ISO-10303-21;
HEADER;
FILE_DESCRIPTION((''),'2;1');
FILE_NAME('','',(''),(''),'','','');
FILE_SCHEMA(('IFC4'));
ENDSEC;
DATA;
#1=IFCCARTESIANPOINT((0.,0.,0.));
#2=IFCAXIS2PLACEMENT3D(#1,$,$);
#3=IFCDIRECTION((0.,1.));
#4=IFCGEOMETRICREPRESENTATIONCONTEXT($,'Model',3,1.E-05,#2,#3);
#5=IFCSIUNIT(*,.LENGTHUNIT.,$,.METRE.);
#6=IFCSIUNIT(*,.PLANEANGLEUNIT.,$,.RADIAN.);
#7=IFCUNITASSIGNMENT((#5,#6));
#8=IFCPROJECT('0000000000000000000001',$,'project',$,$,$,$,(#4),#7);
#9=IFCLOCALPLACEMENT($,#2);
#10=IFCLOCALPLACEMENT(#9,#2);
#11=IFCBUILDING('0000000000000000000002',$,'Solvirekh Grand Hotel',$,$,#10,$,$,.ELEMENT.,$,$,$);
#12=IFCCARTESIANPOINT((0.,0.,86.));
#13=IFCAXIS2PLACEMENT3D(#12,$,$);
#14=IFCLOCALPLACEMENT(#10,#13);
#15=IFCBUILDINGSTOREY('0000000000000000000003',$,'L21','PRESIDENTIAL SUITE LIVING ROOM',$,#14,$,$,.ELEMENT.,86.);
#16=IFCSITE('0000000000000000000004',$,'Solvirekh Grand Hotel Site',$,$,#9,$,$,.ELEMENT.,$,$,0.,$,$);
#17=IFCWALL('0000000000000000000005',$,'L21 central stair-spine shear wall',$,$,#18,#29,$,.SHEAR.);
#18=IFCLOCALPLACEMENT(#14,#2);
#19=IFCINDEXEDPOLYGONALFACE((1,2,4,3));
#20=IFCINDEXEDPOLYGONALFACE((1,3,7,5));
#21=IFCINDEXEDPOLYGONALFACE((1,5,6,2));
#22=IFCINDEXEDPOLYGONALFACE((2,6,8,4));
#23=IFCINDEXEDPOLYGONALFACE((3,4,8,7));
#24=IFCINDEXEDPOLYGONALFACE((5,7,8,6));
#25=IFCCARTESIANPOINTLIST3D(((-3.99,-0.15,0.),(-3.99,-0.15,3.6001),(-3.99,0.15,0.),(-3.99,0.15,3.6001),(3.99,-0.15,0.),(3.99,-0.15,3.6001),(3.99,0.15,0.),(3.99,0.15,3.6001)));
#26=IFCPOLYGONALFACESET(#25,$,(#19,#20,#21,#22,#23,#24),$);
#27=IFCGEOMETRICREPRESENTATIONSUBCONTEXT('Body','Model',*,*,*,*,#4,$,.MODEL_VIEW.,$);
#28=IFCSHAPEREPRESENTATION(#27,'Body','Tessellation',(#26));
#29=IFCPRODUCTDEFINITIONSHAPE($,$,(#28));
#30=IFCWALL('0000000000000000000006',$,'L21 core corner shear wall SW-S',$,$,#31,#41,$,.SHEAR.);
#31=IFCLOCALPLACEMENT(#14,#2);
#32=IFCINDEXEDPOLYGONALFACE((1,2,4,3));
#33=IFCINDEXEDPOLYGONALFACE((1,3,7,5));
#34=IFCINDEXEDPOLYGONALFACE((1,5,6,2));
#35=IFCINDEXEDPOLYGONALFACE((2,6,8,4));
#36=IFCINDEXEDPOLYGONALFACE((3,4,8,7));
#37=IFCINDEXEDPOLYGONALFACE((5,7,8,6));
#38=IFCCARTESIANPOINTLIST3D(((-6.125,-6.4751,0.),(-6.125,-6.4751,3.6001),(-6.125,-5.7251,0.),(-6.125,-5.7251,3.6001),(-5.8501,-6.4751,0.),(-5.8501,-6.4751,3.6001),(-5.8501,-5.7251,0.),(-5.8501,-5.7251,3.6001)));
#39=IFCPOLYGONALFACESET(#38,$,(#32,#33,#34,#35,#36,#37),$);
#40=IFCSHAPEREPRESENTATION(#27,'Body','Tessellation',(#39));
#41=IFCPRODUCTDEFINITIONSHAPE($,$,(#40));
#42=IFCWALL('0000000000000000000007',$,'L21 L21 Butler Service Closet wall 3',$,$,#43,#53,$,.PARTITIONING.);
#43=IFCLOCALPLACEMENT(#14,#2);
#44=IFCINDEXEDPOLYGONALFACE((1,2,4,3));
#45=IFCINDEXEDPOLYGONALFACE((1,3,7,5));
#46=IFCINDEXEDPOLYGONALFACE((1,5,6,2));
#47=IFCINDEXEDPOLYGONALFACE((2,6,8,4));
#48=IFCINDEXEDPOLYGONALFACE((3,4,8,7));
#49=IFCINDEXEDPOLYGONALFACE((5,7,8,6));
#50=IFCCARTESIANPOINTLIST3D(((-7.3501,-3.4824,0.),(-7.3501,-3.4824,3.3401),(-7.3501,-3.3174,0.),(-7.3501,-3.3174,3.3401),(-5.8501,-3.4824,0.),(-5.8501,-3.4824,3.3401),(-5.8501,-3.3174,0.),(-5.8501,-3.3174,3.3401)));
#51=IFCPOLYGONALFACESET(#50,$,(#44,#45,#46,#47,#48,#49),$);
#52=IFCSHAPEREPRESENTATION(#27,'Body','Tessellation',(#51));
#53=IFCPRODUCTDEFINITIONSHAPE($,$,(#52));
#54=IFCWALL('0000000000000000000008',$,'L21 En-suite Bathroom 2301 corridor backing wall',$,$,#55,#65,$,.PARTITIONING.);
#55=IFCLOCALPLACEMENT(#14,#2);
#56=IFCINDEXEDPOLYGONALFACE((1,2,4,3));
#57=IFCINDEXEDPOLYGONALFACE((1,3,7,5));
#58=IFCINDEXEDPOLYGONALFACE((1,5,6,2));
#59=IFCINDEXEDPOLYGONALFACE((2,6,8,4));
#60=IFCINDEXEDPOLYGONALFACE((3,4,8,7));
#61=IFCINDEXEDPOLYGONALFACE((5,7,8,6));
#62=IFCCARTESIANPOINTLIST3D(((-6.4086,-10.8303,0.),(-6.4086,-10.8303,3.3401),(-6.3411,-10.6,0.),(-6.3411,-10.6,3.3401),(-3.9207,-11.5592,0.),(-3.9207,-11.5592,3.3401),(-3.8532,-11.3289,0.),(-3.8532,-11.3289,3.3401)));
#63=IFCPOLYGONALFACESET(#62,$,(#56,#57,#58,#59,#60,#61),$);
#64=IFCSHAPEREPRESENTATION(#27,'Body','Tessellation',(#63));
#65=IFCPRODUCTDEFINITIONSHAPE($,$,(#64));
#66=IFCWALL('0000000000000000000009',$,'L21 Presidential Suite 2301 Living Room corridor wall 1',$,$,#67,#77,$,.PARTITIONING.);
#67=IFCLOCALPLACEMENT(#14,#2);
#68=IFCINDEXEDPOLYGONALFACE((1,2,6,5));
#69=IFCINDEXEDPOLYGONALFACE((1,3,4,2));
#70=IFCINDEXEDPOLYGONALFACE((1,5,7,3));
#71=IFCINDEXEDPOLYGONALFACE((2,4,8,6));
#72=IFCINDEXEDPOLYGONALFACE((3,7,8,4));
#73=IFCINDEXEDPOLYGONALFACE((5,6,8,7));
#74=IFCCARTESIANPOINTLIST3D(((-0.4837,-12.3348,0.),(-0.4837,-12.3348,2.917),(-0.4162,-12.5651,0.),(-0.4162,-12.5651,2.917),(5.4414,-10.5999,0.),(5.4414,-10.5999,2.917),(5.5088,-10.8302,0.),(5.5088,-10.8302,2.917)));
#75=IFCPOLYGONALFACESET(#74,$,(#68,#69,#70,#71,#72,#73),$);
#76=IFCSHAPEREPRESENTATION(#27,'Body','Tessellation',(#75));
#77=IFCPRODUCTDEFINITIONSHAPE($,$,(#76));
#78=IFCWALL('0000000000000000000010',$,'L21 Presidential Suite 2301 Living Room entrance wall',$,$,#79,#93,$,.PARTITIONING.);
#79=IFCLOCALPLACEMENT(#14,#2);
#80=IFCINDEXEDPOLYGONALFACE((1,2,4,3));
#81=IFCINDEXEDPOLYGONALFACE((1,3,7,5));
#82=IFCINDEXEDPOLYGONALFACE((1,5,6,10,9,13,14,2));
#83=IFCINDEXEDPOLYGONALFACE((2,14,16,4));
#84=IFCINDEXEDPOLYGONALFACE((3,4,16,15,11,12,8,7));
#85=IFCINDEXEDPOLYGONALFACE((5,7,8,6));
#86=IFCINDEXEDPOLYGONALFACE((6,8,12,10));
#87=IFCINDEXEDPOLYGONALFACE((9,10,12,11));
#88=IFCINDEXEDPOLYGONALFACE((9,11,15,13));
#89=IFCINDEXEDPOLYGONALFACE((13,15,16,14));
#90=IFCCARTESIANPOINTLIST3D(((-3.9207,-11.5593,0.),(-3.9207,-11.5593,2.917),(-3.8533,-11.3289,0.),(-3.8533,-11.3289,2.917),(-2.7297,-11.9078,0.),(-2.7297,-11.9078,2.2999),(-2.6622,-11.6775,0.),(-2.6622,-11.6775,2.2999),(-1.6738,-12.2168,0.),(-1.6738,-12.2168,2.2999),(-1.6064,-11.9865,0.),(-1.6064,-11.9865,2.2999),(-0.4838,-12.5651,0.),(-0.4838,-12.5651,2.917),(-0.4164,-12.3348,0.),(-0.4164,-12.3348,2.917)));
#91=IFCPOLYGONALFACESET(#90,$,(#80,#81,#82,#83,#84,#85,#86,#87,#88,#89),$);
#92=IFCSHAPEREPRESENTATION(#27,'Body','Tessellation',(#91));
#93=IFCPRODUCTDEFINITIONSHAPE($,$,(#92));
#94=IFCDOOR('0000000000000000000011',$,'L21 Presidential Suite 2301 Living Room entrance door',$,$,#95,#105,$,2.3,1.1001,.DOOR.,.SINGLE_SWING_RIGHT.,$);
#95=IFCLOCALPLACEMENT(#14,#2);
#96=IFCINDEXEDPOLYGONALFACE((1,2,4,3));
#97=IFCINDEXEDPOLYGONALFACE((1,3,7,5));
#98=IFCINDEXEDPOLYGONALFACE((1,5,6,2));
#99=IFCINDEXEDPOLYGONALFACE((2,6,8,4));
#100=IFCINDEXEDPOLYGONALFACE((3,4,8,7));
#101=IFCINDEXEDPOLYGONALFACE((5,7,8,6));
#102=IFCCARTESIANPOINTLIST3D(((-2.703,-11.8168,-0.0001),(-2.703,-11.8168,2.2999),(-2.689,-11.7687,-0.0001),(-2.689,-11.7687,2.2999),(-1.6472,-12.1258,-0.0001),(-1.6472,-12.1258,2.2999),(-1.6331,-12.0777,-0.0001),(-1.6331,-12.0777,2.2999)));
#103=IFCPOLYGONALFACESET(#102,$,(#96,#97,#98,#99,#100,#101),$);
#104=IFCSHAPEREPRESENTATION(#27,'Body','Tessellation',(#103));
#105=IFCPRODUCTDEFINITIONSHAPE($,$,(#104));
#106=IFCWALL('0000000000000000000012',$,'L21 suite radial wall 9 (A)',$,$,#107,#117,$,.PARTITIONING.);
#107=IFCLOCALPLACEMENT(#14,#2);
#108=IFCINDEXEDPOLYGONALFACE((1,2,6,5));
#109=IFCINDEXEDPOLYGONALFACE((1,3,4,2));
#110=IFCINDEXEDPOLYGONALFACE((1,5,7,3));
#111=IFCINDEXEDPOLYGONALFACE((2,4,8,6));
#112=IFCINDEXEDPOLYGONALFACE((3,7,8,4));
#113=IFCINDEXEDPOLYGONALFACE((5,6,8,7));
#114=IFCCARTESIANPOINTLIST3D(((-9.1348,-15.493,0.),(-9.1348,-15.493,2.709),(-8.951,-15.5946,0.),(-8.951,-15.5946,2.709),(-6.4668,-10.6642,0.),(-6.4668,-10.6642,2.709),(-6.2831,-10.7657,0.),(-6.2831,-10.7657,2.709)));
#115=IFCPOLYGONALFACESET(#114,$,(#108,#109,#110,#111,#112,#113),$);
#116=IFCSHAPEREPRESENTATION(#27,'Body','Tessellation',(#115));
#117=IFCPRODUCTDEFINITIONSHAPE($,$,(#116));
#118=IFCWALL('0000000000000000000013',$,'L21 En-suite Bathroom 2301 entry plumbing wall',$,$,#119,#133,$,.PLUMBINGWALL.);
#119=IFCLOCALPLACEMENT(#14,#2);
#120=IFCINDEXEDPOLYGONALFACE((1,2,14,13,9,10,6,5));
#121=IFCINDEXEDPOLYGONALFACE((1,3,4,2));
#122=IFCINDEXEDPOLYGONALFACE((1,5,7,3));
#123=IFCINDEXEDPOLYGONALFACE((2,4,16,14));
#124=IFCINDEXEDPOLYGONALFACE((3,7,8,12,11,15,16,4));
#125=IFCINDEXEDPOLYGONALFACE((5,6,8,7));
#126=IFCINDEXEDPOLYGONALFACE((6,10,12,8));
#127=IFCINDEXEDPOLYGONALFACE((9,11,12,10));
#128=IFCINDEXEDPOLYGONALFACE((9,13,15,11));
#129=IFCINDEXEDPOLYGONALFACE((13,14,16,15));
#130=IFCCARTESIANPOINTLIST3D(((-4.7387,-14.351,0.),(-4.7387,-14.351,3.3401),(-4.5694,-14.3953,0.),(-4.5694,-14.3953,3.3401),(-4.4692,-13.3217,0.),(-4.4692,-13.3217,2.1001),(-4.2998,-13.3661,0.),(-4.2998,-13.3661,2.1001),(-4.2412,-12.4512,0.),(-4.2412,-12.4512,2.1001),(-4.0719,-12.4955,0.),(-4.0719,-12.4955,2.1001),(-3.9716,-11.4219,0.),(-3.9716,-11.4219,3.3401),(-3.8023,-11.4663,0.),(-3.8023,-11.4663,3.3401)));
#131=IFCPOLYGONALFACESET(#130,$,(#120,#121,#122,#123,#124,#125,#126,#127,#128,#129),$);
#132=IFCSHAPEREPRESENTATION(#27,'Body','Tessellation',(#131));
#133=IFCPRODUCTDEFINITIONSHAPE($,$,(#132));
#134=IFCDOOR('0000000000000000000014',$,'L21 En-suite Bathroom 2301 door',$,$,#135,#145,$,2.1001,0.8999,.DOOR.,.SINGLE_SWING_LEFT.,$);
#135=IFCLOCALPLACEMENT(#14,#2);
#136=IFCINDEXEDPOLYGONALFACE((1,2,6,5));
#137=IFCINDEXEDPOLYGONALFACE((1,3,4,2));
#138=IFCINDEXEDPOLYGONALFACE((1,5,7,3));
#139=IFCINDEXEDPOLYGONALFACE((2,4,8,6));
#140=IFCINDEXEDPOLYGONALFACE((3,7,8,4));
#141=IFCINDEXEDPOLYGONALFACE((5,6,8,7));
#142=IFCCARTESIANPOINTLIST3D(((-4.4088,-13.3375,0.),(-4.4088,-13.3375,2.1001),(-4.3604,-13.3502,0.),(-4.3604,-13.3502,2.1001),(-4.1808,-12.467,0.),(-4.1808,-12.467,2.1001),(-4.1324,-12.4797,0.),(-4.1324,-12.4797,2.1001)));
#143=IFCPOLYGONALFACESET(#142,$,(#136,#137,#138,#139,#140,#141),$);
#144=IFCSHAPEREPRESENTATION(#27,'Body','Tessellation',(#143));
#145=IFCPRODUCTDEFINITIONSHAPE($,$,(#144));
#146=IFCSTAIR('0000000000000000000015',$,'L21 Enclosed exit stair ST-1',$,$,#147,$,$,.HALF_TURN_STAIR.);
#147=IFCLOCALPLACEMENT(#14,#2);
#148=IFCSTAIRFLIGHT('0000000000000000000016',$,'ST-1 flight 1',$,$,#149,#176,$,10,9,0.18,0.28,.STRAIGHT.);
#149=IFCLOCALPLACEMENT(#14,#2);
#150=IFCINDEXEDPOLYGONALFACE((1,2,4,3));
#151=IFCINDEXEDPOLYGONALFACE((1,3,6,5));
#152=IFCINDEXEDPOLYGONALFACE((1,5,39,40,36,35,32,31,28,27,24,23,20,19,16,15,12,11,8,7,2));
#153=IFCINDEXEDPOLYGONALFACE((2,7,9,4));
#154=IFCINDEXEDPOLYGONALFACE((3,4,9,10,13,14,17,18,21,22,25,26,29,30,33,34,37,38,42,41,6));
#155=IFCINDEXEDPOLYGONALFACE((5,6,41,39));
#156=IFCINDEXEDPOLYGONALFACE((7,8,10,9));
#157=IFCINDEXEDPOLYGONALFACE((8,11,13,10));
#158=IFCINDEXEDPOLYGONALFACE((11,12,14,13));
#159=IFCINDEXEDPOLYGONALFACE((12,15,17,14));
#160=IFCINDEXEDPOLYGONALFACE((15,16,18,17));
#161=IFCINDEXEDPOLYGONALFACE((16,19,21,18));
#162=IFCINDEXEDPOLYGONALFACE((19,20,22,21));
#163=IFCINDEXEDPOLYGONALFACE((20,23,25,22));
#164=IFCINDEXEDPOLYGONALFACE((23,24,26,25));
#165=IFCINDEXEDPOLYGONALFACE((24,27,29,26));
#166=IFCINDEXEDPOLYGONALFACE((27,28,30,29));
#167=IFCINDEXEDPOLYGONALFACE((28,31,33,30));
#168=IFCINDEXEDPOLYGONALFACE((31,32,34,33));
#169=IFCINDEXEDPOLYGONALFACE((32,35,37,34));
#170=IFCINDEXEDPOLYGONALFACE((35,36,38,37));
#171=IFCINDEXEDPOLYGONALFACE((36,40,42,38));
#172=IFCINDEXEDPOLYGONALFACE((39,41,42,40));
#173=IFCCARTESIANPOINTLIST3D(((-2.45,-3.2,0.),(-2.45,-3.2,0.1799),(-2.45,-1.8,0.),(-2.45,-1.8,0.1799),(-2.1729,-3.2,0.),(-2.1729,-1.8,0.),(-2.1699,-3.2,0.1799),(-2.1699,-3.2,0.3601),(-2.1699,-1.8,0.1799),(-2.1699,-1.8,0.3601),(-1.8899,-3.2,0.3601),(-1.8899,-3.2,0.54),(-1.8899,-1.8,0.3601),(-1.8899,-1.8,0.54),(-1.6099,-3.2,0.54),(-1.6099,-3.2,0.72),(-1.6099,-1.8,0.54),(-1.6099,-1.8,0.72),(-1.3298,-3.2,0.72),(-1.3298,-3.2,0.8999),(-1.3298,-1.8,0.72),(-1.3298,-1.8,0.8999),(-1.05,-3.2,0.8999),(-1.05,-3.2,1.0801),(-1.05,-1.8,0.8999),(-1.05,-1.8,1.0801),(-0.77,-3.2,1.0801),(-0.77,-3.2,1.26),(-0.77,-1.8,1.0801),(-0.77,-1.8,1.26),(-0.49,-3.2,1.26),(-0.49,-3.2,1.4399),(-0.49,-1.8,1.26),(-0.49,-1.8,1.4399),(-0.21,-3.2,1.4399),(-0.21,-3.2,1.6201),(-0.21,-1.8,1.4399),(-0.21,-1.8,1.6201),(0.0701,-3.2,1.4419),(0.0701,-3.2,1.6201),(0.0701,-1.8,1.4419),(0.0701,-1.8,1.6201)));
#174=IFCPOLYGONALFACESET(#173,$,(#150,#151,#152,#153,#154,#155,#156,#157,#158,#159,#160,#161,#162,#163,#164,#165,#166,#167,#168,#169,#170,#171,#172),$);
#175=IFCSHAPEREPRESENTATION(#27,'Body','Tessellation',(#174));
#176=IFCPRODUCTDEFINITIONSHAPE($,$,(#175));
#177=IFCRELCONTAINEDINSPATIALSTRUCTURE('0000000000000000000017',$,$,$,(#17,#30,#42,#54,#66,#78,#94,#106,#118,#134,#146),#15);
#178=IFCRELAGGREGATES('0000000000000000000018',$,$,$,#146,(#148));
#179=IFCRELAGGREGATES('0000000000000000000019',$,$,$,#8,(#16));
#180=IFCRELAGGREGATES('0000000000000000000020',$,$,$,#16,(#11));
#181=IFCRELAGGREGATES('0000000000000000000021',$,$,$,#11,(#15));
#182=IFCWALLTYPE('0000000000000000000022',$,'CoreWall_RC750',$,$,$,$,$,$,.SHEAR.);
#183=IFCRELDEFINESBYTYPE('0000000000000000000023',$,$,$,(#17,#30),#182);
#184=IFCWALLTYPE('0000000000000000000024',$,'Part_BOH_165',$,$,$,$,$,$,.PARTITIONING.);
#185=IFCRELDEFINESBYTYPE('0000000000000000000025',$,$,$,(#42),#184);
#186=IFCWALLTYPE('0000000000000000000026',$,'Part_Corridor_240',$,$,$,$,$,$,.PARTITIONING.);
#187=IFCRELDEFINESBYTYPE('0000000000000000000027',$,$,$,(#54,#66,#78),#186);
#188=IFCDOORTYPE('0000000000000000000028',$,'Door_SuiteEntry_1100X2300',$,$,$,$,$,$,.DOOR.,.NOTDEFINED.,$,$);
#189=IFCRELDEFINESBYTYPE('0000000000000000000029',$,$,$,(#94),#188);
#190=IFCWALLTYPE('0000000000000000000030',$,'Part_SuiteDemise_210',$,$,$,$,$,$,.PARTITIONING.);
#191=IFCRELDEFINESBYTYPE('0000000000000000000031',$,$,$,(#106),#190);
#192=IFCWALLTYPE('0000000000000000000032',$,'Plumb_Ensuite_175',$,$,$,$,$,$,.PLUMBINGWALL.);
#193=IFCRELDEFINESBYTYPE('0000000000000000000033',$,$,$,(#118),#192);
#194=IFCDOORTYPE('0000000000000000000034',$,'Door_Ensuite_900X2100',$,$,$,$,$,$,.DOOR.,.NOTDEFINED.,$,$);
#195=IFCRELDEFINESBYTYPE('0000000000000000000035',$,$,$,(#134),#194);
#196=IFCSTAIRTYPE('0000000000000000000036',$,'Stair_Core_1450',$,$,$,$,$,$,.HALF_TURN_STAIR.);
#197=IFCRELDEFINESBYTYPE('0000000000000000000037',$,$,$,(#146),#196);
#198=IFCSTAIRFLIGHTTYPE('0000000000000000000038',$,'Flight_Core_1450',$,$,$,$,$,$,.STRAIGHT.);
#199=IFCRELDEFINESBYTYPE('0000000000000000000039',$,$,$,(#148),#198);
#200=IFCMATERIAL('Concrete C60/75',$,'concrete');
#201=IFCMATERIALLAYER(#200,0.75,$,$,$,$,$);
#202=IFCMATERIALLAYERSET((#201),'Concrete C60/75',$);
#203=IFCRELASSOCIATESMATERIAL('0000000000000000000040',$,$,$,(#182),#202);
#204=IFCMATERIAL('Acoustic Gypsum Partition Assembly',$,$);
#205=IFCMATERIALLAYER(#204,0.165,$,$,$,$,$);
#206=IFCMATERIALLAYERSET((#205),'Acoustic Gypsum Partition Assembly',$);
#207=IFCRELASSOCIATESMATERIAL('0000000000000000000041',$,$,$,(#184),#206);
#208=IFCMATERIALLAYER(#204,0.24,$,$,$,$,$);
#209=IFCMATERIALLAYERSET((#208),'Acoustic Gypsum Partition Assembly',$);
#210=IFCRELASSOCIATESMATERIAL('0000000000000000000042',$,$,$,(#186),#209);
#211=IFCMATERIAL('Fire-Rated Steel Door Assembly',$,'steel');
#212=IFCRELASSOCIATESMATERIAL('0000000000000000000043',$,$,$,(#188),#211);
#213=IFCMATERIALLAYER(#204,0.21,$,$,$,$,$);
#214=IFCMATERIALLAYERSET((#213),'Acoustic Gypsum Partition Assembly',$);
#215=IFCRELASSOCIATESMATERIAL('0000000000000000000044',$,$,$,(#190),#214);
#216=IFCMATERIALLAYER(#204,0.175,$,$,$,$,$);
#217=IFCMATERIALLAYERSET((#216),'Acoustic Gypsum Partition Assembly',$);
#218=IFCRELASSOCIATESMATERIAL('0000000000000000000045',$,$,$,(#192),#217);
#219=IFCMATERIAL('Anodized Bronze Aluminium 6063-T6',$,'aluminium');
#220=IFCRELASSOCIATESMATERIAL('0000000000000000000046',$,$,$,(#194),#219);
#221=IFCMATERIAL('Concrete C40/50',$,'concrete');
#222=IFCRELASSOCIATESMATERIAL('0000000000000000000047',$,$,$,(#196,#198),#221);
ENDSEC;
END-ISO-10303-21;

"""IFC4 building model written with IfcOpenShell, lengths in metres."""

from ifc_helpers import new_model, si_unit, direction, frame, frame_2d, origin, place, context, subcontext, project, spatial, polyline, rectangle, outline, extrude, material, layer, layer_set, type_object, element, fill, aggregate, save


model = new_model("IFC4")

# Units and contexts
model_context = context("Model", 3, precision=1e-05, world=origin(), true_north=direction((0.0, 1.0)))
body_context = subcontext(model_context, "Body", "Model", "MODEL_VIEW")
ifc_project = project(units=[si_unit("LENGTHUNIT", "METRE"), si_unit("PLANEANGLEUNIT", "RADIAN")], contexts=[model_context])

# Site, building, storey
site_placement = place(None, origin())
site = spatial("IfcSite", under=ifc_project, at=site_placement, Name="Solvirekh Grand Hotel Site", CompositionType="ELEMENT", RefElevation=0.0)
building_placement = place(site_placement, origin())
building = spatial("IfcBuilding", under=site, at=building_placement, Name="Solvirekh Grand Hotel", CompositionType="ELEMENT")
storey_placement = place(building_placement, frame((0.0, 0.0, 86.0)))
storey = spatial("IfcBuildingStorey", under=building, at=storey_placement, Name="L21", Description="PRESIDENTIAL SUITE LIVING ROOM", CompositionType="ELEMENT", Elevation=86.0)

# Shared definitions
ifc_material_1 = material(Name="Concrete C60/75", Category="concrete")

# Shared definitions
ifc_material_2 = material(Name="Concrete C40/50", Category="concrete")
ifc_material_3 = material(Name="Fire-Rated Steel Door Assembly", Category="steel")

# Walls
ifc_layer_1 = layer(ifc_material_1, 0.75)
ifc_layer_set_1 = layer_set([ifc_layer_1], Name="Concrete C60/75")
wall_type_1 = type_object("IfcWallType", Name="CoreWall_RC750", PredefinedType="SHEAR", material=ifc_layer_set_1)
wall_1_placement = place(storey_placement, frame((-3.99, 0.0, 0.0), z_axis=(0.0, 0.0, 1.0), x_axis=(1.0, 0.0, 0.0)))
element("IfcWall", 1, at=wall_1_placement, inside=storey, type_object=wall_type_1, Name="L21 central stair-spine shear wall", PredefinedType="SHEAR", context=body_context, shape_type="SweptSolid", body=[
    extrude(rectangle(XDim=7.98, YDim=0.3, at=frame_2d((3.99, 0.0))), origin(), (0.0, 0.0, 1.0), 3.6001),
])
wall_2_placement = place(storey_placement, frame((-6.125, -6.1001, 0.0), z_axis=(0.0, 0.0, 1.0), x_axis=(1.0, 0.0, 0.0)))
element("IfcWall", 2, at=wall_2_placement, inside=storey, type_object=wall_type_1, Name="L21 core corner shear wall SW-S", PredefinedType="SHEAR", context=body_context, shape_type="SweptSolid", body=[
    extrude(rectangle(XDim=0.2749, YDim=0.75, at=frame_2d((0.1375, 0.0))), origin(), (0.0, 0.0, 1.0), 3.6001),
])
ifc_material_4 = material(Name="Acoustic Gypsum Partition Assembly")
ifc_layer_2 = layer(ifc_material_4, 0.165)
ifc_layer_set_2 = layer_set([ifc_layer_2], Name="Acoustic Gypsum Partition Assembly")
wall_type_2 = type_object("IfcWallType", Name="Part_BOH_165", PredefinedType="PARTITIONING", material=ifc_layer_set_2)
wall_3_placement = place(storey_placement, frame((-5.8501, -3.3999, 0.0), z_axis=(0.0, 0.0, 1.0), x_axis=(-1.0, 0.0, 0.0)))
element("IfcWall", 3, at=wall_3_placement, inside=storey, type_object=wall_type_2, Name="L21 L21 Butler Service Closet wall 3", PredefinedType="PARTITIONING", context=body_context, shape_type="SweptSolid", body=[
    extrude(rectangle(XDim=1.5, YDim=0.165, at=frame_2d((0.75, 0.0))), origin(), (0.0, 0.0, 1.0), 3.3401),
])
ifc_layer_3 = layer(ifc_material_4, 0.24)
ifc_layer_set_3 = layer_set([ifc_layer_3], Name="Acoustic Gypsum Partition Assembly")
wall_type_3 = type_object("IfcWallType", Name="Part_Corridor_240", PredefinedType="PARTITIONING", material=ifc_layer_set_3)
wall_4_placement = place(storey_placement, frame((-6.375, -10.7151, 0.0), z_axis=(0.0, 0.0, 1.0), x_axis=(0.959654, -0.281182, 0.0)))
element("IfcWall", 4, at=wall_4_placement, inside=storey, type_object=wall_type_3, Name="L21 En-suite Bathroom 2301 corridor backing wall", PredefinedType="PARTITIONING", context=body_context, shape_type="SweptSolid", body=[
    extrude(rectangle(XDim=2.5925, YDim=0.24, at=frame_2d((1.2964, 0.0))), origin(), (0.0, 0.0, 1.0), 3.3401),
])
wall_5_placement = place(storey_placement, frame((-0.45, -12.45, 0.0), z_axis=(0.0, 0.0, 1.0), x_axis=(0.959707, 0.281004, 0.0)))
element("IfcWall", 5, at=wall_5_placement, inside=storey, type_object=wall_type_3, Name="L21 Presidential Suite 2301 Living Room corridor wall 1", PredefinedType="PARTITIONING", context=body_context, shape_type="SweptSolid", body=[
    extrude(rectangle(XDim=6.1738, YDim=0.24, at=frame_2d((3.0869, 0.0))), origin(), (0.0, 0.0, 1.0), 2.917),
])

# Wall, opening, door
wall_6_placement = place(storey_placement, frame((-3.887, -11.4441, 0.0), z_axis=(0.0, 0.0, 1.0), x_axis=(0.959745, -0.280874, 0.0)))
wall_6 = element("IfcWall", 6, at=wall_6_placement, inside=storey, type_object=wall_type_3, Name="L21 Presidential Suite 2301 Living Room entrance wall", PredefinedType="PARTITIONING", context=body_context, shape_type="SweptSolid", body=[
    extrude(rectangle(XDim=3.5811, YDim=0.24, at=frame_2d((1.7905, 0.0))), origin(), (0.0, 0.0, 1.0), 2.917),
])
opening_1_placement = place(wall_6_placement, frame((1.241, 0.0, 0.0)))
opening_1 = element("IfcOpeningElement", 7, at=opening_1_placement, cuts=wall_6, PredefinedType="OPENING", context=body_context, shape_type="SweptSolid", body=[
    extrude(rectangle(XDim=1.1001, YDim=2.3, at=frame_2d((0.55, 1.1499))), frame((0.0, 0.1299, 0.0), z_axis=(0.0, -1.0, 0.0), x_axis=(1.0, 0.0, 0.0)), (0.0, 0.0, 1.0), 0.26),
])
door_type_1 = type_object("IfcDoorType", Name="Door_SuiteEntry_1100X2300", OperationType="NOTDEFINED", PredefinedType="DOOR", material=ifc_material_3)
door_1_placement = place(opening_1_placement, origin())
door_1 = element("IfcDoor", 8, at=door_1_placement, inside=storey, type_object=door_type_1, Name="L21 Presidential Suite 2301 Living Room entrance door", OperationType="SINGLE_SWING_RIGHT", OverallHeight=2.3, OverallWidth=1.1001, PredefinedType="DOOR", context=body_context, shape_type="SweptSolid", body=[
    extrude(rectangle(XDim=1.1001, YDim=2.3, at=frame_2d((0.55, 1.1499))), frame((0.0, 0.0249, 0.0), z_axis=(0.0, -1.0, 0.0), x_axis=(1.0, 0.0, 0.0)), (0.0, 0.0, 1.0), 0.05),
])
fill(opening_1, door_1)

# Wall
ifc_layer_4 = layer(ifc_material_4, 0.21)
ifc_layer_set_4 = layer_set([ifc_layer_4], Name="Acoustic Gypsum Partition Assembly")
wall_type_4 = type_object("IfcWallType", Name="Part_SuiteDemise_210", PredefinedType="PARTITIONING", material=ifc_layer_set_4)
wall_7_placement = place(storey_placement, frame((-6.375, -10.7151, 0.0), z_axis=(0.0, 0.0, 1.0), x_axis=(-0.483601, -0.875288, 0.0)))
element("IfcWall", 9, at=wall_7_placement, inside=storey, type_object=wall_type_4, Name="L21 suite radial wall 9 (A)", PredefinedType="PARTITIONING", context=body_context, shape_type="SweptSolid", body=[
    extrude(rectangle(XDim=5.5168, YDim=0.21, at=frame_2d((2.7583, 0.0))), origin(), (0.0, 0.0, 1.0), 2.709),
])

# Wall, opening, door
ifc_layer_5 = layer(ifc_material_4, 0.175)
ifc_layer_set_5 = layer_set([ifc_layer_5], Name="Acoustic Gypsum Partition Assembly")
wall_type_5 = type_object("IfcWallType", Name="Plumb_Ensuite_175", PredefinedType="PLUMBINGWALL", material=ifc_layer_set_5)
wall_8_placement = place(storey_placement, frame((-3.887, -11.4441, 0.0), z_axis=(0.0, 0.0, 1.0), x_axis=(-0.253354, -0.967374, 0.0)))
wall_8 = element("IfcWall", 10, at=wall_8_placement, inside=storey, type_object=wall_type_5, Name="L21 En-suite Bathroom 2301 entry plumbing wall", PredefinedType="PLUMBINGWALL", context=body_context, shape_type="SweptSolid", body=[
    extrude(rectangle(XDim=3.0278, YDim=0.175, at=frame_2d((1.5139, 0.0))), origin(), (0.0, 0.0, 1.0), 3.3401),
])
opening_2_placement = place(wall_8_placement, frame((1.064, 0.0, 0.0)))
opening_2 = element("IfcOpeningElement", 11, at=opening_2_placement, cuts=wall_8, PredefinedType="OPENING", context=body_context, shape_type="SweptSolid", body=[
    extrude(rectangle(XDim=0.8999, YDim=2.1001, at=frame_2d((0.45, 1.05))), frame((0.0, 0.0977, 0.0), z_axis=(0.0, -1.0, 0.0), x_axis=(1.0, 0.0, 0.0)), (0.0, 0.0, 1.0), 0.1951),
])
ifc_material_5 = material(Name="Anodized Bronze Aluminium 6063-T6", Category="aluminium")
door_type_2 = type_object("IfcDoorType", Name="Door_Ensuite_900X2100", OperationType="NOTDEFINED", PredefinedType="DOOR", material=ifc_material_5)
door_2_placement = place(opening_2_placement, origin())
door_2 = element("IfcDoor", 12, at=door_2_placement, inside=storey, type_object=door_type_2, Name="L21 En-suite Bathroom 2301 door", OperationType="SINGLE_SWING_LEFT", OverallHeight=2.1001, OverallWidth=0.8999, PredefinedType="DOOR", context=body_context, shape_type="SweptSolid", body=[
    extrude(rectangle(XDim=0.8999, YDim=2.1001, at=frame_2d((0.45, 1.05))), frame((0.0, 0.0249, 0.0), z_axis=(0.0, -1.0, 0.0), x_axis=(1.0, 0.0, 0.0)), (0.0, 0.0, 1.0), 0.05),
])
fill(opening_2, door_2)

# Stair, stair flight
stair_type = type_object("IfcStairType", Name="Stair_Core_1450", PredefinedType="HALF_TURN_STAIR", material=ifc_material_2)
stair_placement = place(storey_placement, origin())
stair = element("IfcStair", 13, at=stair_placement, inside=storey, type_object=stair_type, Name="L21 Enclosed exit stair ST-1", PredefinedType="HALF_TURN_STAIR")
stair_flight_type = type_object("IfcStairFlightType", Name="Flight_Core_1450", PredefinedType="STRAIGHT", material=ifc_material_2)
stair_flight_placement = place(storey_placement, frame((-2.45, -2.5, 0.0), z_axis=(0.0, 0.0, 1.0), x_axis=(1.0, 0.0, 0.0)))
stair_flight = element("IfcStairFlight", 14, at=stair_flight_placement, type_object=stair_flight_type, Name="ST-1 flight 1", NumberOfRisers=10, NumberOfTreads=9, PredefinedType="STRAIGHT", RiserHeight=0.18, TreadLength=0.28, context=body_context, shape_type="SweptSolid", body=[
    extrude(outline(polyline([(0.0, 0.0), (0.0, 0.1799), (0.28, 0.1799), (0.28, 0.3601), (0.5601, 0.3601), (0.5601, 0.54), (0.8401, 0.54), (0.8401, 0.72), (1.1201, 0.72), (1.1201, 0.8999), (1.3999, 0.8999), (1.3999, 1.0801), (1.6799, 1.0801), (1.6799, 1.26), (1.96, 1.26), (1.96, 1.4399), (2.24, 1.4399), (2.24, 1.6201), (2.52, 1.6201), (2.52, 1.8), (2.52, 1.4419), (0.2771, 0.0), (0.0, 0.0)])), frame((0.0, 0.7, 0.0), z_axis=(0.0, -1.0, 0.0), x_axis=(1.0, 0.0, 0.0)), (0.0, 0.0, 1.0), 1.3999),
])
aggregate(stair, [stair_flight])

save(model, "model.ifc")
